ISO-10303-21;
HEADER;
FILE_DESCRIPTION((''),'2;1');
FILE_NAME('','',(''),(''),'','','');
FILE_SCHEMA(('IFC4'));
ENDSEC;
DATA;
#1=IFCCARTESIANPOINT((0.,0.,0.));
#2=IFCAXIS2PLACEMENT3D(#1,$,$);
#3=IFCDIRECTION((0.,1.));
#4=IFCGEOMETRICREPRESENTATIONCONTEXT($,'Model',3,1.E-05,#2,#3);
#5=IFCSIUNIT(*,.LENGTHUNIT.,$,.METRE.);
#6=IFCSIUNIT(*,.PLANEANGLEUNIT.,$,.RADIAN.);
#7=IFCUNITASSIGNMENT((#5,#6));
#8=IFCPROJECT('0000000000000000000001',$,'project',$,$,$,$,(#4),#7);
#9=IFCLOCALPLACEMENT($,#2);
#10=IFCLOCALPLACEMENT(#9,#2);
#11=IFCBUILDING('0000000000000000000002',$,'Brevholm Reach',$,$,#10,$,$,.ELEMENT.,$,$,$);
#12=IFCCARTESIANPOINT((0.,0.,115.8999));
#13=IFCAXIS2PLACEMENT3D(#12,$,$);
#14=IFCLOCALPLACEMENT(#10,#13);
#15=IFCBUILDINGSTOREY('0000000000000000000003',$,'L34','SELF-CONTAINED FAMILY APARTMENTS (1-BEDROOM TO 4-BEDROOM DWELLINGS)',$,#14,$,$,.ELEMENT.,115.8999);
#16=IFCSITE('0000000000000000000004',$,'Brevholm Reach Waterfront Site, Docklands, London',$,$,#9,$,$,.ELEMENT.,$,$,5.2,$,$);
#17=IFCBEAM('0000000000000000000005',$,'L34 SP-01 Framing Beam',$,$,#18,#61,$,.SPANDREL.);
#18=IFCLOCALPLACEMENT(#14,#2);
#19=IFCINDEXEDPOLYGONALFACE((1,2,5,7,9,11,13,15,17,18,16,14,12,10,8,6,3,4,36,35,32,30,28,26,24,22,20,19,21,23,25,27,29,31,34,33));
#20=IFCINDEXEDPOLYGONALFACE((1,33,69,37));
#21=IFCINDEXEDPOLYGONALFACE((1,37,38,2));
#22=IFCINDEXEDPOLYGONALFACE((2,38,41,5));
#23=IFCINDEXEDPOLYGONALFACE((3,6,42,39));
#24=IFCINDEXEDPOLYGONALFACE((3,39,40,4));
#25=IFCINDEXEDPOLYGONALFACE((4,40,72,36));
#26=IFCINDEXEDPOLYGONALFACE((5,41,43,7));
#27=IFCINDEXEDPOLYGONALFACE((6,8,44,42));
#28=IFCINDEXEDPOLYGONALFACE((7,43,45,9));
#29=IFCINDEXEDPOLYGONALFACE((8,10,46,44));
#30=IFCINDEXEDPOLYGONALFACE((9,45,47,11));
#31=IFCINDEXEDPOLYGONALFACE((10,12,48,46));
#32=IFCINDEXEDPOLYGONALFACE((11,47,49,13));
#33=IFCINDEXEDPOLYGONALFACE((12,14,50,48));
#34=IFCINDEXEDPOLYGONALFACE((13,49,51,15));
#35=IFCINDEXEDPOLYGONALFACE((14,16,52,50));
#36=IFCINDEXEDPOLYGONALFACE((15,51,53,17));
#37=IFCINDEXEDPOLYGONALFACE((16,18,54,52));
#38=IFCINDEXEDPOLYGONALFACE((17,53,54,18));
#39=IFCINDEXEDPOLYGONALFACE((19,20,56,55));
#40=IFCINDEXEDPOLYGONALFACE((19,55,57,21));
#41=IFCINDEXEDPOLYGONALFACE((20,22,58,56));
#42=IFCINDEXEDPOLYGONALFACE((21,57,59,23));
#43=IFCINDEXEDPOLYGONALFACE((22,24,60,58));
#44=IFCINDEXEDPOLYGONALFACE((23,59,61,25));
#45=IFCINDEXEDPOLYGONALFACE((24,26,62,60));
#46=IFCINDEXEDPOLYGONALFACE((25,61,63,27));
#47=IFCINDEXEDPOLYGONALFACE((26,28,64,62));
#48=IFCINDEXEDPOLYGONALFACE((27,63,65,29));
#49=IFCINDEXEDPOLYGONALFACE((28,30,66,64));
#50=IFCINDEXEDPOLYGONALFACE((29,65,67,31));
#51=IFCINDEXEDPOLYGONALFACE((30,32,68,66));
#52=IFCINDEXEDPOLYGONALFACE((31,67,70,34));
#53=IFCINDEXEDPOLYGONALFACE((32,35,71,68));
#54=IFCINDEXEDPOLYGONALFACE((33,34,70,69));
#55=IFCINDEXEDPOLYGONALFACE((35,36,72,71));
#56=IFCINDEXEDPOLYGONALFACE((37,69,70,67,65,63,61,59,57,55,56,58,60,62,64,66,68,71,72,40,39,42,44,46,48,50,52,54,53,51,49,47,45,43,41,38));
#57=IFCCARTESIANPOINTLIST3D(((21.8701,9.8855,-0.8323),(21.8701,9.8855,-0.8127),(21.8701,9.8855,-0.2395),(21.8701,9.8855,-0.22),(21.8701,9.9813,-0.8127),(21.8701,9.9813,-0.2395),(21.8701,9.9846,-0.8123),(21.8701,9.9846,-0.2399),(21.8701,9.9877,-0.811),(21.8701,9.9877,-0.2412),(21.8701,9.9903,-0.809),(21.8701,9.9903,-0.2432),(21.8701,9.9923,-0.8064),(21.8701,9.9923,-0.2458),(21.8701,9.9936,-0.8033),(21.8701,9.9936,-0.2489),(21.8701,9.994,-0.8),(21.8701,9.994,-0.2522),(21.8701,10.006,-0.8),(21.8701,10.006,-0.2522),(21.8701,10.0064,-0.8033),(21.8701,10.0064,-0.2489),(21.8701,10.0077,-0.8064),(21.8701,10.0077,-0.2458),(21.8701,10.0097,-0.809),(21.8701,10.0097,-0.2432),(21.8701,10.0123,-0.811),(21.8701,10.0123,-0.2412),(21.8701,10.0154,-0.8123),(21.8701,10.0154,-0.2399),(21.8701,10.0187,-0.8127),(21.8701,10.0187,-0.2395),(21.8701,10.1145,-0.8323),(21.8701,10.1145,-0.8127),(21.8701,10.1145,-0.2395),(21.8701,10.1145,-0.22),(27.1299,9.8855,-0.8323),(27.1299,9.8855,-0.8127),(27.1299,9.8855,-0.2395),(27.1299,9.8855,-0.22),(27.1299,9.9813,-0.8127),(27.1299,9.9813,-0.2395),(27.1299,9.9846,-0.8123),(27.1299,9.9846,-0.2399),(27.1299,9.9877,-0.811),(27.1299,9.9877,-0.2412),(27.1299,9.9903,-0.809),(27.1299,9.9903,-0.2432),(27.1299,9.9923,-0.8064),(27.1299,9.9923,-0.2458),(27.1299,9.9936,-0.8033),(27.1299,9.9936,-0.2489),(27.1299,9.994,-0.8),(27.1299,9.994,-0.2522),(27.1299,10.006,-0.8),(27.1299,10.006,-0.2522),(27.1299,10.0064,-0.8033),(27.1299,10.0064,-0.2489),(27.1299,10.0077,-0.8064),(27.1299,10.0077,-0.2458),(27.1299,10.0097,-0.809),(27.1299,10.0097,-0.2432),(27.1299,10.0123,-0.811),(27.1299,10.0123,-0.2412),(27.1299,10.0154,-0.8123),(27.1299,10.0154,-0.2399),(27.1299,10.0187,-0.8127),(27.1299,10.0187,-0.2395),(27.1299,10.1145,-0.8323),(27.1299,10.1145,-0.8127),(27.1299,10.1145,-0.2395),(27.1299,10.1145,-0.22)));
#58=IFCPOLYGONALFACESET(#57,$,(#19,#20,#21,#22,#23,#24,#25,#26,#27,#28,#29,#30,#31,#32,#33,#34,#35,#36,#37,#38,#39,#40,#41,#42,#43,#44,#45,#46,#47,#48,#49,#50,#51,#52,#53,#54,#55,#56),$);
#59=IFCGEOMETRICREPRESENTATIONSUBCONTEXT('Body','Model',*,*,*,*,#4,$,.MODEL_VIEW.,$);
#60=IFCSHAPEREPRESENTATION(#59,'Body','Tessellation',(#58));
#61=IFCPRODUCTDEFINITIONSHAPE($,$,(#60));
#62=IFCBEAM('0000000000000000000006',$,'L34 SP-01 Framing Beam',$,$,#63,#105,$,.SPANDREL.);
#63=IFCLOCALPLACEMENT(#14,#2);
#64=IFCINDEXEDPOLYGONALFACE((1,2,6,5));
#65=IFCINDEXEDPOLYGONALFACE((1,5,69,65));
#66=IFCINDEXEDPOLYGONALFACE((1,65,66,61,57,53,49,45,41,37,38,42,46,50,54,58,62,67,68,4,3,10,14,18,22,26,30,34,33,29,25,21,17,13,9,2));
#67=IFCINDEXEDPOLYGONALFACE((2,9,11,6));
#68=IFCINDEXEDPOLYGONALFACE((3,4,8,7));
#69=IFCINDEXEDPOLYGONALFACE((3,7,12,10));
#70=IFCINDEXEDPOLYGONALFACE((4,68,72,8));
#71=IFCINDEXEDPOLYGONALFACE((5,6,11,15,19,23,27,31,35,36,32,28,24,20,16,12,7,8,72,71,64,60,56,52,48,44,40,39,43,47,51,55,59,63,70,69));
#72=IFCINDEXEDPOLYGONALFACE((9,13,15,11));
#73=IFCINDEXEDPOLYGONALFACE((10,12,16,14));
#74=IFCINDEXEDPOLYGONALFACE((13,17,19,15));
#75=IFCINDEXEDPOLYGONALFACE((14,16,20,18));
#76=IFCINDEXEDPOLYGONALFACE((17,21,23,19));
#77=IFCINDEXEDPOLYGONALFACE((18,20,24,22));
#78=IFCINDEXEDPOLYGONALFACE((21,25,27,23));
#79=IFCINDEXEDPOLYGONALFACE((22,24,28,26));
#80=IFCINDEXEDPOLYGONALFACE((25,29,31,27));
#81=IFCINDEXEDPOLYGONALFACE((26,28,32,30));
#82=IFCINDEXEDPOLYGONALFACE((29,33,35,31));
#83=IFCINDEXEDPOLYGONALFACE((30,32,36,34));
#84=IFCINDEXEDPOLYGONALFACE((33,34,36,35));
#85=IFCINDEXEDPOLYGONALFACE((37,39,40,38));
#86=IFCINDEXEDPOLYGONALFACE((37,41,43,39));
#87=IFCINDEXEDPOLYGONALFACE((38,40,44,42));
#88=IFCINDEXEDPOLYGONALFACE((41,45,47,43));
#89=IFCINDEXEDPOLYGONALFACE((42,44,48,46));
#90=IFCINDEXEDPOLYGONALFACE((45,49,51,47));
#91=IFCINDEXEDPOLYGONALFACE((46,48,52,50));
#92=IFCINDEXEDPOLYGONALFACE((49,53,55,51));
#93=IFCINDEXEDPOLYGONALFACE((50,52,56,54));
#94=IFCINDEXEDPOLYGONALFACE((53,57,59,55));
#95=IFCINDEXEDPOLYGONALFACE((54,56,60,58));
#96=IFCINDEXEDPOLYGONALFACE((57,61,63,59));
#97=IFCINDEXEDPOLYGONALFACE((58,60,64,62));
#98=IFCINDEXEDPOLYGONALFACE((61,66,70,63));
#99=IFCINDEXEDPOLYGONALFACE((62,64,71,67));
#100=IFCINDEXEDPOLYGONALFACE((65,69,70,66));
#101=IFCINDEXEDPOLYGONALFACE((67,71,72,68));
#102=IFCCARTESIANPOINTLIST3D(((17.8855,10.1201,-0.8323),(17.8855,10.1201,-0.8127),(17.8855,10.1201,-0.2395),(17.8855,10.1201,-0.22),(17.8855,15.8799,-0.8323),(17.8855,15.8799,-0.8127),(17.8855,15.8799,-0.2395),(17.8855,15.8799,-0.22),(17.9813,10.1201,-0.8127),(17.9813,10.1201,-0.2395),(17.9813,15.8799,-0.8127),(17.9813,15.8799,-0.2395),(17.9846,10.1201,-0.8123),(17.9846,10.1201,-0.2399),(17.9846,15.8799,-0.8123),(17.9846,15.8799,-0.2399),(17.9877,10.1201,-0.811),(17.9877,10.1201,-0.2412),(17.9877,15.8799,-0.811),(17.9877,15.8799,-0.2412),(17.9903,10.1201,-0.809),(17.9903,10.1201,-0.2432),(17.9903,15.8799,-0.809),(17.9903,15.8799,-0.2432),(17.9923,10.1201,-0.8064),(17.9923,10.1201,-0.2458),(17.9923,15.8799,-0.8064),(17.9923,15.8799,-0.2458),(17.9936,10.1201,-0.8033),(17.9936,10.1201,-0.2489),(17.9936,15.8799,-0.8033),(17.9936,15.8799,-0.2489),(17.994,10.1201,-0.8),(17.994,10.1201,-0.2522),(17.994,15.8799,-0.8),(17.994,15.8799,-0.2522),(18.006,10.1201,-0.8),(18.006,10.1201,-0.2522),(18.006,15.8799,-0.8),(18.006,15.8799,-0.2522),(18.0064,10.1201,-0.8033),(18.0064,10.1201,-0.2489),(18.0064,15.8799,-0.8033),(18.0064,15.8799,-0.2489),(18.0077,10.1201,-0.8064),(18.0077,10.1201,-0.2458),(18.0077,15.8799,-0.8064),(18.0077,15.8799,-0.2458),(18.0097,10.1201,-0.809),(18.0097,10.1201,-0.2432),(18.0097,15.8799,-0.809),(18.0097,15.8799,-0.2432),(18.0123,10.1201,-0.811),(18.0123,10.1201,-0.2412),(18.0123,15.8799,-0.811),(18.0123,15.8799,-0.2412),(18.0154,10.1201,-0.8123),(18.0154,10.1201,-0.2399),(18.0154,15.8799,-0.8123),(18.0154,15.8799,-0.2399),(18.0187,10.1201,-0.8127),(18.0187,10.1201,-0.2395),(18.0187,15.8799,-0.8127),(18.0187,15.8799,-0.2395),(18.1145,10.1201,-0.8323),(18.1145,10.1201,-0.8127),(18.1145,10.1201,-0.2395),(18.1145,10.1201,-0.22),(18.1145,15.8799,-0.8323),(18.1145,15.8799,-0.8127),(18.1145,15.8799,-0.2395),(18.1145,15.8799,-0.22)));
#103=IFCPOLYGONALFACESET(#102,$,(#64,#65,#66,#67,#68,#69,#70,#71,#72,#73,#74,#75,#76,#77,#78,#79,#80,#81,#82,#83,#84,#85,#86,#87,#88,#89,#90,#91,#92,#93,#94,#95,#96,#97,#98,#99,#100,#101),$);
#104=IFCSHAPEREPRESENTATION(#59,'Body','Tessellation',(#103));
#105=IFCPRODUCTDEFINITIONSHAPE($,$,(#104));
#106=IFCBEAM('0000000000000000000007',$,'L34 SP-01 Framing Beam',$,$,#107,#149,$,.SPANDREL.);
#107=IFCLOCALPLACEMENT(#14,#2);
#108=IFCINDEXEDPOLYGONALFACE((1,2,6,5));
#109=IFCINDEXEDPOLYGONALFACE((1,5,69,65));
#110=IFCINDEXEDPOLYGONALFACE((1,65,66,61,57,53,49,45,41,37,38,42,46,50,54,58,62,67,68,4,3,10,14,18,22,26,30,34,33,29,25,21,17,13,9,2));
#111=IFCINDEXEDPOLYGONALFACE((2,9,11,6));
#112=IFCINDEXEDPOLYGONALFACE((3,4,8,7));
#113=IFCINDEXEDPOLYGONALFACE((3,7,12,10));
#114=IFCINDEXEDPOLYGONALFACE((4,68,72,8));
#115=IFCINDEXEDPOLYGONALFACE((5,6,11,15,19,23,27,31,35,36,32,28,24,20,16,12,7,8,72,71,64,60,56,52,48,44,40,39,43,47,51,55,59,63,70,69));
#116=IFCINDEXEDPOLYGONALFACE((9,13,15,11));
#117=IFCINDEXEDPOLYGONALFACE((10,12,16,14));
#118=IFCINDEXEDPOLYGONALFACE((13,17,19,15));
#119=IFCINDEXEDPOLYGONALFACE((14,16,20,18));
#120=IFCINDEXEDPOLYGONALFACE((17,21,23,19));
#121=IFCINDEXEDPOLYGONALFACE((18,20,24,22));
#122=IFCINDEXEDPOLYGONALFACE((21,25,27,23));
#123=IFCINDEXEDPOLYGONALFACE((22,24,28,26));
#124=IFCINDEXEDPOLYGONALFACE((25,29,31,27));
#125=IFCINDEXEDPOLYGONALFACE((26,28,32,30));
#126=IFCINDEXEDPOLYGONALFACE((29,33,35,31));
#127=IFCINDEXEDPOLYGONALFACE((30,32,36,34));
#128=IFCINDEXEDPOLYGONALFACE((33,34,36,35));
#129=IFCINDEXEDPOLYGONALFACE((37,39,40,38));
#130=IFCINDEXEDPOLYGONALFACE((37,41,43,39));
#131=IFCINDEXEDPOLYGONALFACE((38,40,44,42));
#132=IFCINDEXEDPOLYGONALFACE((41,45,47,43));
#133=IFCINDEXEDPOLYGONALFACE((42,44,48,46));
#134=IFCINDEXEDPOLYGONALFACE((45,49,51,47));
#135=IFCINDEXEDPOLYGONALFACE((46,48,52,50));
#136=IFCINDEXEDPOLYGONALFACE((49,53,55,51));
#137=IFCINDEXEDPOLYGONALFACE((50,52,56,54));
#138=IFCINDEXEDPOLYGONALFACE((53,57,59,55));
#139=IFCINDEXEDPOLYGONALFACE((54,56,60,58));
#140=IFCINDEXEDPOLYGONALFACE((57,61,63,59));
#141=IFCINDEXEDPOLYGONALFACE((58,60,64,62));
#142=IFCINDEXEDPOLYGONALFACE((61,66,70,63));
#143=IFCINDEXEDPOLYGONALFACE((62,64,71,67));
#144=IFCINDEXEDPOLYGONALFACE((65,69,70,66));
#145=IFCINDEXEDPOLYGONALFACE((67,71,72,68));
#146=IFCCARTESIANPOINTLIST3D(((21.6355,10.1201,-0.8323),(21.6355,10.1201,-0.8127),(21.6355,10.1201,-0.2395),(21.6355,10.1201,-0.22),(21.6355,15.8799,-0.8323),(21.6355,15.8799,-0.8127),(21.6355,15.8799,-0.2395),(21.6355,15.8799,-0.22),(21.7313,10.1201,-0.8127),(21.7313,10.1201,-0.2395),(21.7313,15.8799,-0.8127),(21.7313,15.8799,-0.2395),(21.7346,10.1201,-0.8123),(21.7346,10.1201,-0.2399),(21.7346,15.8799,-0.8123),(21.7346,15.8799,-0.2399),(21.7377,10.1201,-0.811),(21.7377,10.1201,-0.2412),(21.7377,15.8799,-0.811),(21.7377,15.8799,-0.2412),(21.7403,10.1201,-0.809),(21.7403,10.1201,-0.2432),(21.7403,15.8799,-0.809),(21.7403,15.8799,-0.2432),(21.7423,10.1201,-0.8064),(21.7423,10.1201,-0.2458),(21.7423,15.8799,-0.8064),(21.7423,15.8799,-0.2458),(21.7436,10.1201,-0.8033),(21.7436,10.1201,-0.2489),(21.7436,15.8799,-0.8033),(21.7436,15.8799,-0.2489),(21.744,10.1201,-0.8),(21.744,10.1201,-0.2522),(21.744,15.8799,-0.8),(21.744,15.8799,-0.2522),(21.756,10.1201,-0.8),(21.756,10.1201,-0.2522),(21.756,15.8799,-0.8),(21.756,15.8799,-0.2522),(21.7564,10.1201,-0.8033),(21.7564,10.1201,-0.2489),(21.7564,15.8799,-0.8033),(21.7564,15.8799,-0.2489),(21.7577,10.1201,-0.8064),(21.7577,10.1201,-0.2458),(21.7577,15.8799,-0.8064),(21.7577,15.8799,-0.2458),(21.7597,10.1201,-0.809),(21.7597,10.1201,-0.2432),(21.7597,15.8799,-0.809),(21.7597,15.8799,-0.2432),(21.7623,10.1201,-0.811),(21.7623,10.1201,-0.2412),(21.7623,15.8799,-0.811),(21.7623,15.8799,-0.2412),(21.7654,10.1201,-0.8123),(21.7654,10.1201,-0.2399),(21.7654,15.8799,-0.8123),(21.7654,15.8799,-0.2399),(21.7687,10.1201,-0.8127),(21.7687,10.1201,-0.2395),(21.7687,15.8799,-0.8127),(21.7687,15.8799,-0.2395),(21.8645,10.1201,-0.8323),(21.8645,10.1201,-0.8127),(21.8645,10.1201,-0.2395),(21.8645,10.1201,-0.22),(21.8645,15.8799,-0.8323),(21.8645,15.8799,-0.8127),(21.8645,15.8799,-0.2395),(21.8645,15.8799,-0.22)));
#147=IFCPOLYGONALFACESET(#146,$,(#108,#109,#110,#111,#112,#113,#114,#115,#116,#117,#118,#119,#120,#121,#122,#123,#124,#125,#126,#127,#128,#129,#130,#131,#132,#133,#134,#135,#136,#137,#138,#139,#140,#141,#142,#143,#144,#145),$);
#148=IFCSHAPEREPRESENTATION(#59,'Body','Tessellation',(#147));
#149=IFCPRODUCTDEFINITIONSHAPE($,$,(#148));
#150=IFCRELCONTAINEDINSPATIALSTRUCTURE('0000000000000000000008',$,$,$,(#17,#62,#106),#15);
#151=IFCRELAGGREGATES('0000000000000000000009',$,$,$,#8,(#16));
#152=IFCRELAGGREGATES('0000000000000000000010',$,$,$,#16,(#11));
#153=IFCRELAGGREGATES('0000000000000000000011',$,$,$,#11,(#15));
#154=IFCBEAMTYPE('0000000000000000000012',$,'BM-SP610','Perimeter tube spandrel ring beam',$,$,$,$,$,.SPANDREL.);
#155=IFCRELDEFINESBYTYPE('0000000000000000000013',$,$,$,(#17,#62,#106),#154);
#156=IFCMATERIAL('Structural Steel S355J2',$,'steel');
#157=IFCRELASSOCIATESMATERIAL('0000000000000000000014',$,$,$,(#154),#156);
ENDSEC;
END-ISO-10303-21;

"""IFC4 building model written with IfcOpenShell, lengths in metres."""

from ifc_helpers import new_model, si_unit, direction, frame, origin, origin_2d, place, context, subcontext, project, spatial, i_section, extrude, material, material_profile, profile_set, type_object, element, save


model = new_model("IFC4")

# Units and contexts
model_context = context("Model", 3, precision=1e-05, world=origin(), true_north=direction((0.0, 1.0)))
body_context = subcontext(model_context, "Body", "Model", "MODEL_VIEW")
ifc_project = project(units=[si_unit("LENGTHUNIT", "METRE"), si_unit("PLANEANGLEUNIT", "RADIAN")], contexts=[model_context])

# Site, building, storey
site_placement = place(None, origin())
site = spatial("IfcSite", under=ifc_project, at=site_placement, Name="Brevholm Reach Waterfront Site, Docklands, London", CompositionType="ELEMENT", RefElevation=5.2)
building_placement = place(site_placement, origin())
building = spatial("IfcBuilding", under=site, at=building_placement, Name="Brevholm Reach", CompositionType="ELEMENT")
storey_placement = place(building_placement, frame((0.0, 0.0, 115.8999)))
storey = spatial("IfcBuildingStorey", under=building, at=storey_placement, Name="L34", Description="SELF-CONTAINED FAMILY APARTMENTS (1-BEDROOM TO 4-BEDROOM DWELLINGS)", CompositionType="ELEMENT", Elevation=115.8999)

# Beams
ifc_material_1 = material(Name="Structural Steel S355J2", Category="steel")
ifc_material_profile_1 = material_profile(ifc_material_1, i_section(OverallWidth=0.229, OverallDepth=0.6123, WebThickness=0.012, FlangeThickness=0.0195, FilletRadius=0.0127, at=origin_2d()), Name="UKB 610x229x125")
ifc_profile_set_1 = profile_set([ifc_material_profile_1], Name="Structural Steel S355J2")
beam_type_1 = type_object("IfcBeamType", Name="BM-SP610", Description="Perimeter tube spandrel ring beam", PredefinedType="SPANDREL", material=ifc_profile_set_1)
beam_1_placement = place(storey_placement, frame((21.8701, 10.0, -0.5261), z_axis=(1.0, 0.0, 0.0), x_axis=(0.0, 1.0, 0.0)))
element("IfcBeam", 1, at=beam_1_placement, inside=storey, type_object=beam_type_1, Name="L34 SP-01 Framing Beam", PredefinedType="SPANDREL", context=body_context, shape_type="SweptSolid", body=[
    extrude(i_section(OverallWidth=0.229, OverallDepth=0.6123, WebThickness=0.012, FlangeThickness=0.0195, FilletRadius=0.0127, at=origin_2d()), origin(), (0.0, 0.0, 1.0), 5.2598),
])
for number, where, z_axis, x_axis, name in (
    (2, (18.0, 10.1201, -0.5261), (0.0, 1.0, 0.0), (-1.0, 0.0, 0.0), "L34 SP-01 Framing Beam"),
    (3, (21.75, 10.1201, -0.5261), (0.0, 1.0, 0.0), (-1.0, 0.0, 0.0), "L34 SP-01 Framing Beam"),
):
    element("IfcBeam", number, at=place(storey_placement, frame(where, z_axis=z_axis, x_axis=x_axis)), inside=storey, type_object=beam_type_1, Name=name, PredefinedType="SPANDREL", context=body_context, shape_type="SweptSolid", body=[
        extrude(i_section(OverallWidth=0.229, OverallDepth=0.6123, WebThickness=0.012, FlangeThickness=0.0195, FilletRadius=0.0127, at=origin_2d()), origin(), (0.0, 0.0, 1.0), 5.7598),
    ])

save(model, "model.ifc")
